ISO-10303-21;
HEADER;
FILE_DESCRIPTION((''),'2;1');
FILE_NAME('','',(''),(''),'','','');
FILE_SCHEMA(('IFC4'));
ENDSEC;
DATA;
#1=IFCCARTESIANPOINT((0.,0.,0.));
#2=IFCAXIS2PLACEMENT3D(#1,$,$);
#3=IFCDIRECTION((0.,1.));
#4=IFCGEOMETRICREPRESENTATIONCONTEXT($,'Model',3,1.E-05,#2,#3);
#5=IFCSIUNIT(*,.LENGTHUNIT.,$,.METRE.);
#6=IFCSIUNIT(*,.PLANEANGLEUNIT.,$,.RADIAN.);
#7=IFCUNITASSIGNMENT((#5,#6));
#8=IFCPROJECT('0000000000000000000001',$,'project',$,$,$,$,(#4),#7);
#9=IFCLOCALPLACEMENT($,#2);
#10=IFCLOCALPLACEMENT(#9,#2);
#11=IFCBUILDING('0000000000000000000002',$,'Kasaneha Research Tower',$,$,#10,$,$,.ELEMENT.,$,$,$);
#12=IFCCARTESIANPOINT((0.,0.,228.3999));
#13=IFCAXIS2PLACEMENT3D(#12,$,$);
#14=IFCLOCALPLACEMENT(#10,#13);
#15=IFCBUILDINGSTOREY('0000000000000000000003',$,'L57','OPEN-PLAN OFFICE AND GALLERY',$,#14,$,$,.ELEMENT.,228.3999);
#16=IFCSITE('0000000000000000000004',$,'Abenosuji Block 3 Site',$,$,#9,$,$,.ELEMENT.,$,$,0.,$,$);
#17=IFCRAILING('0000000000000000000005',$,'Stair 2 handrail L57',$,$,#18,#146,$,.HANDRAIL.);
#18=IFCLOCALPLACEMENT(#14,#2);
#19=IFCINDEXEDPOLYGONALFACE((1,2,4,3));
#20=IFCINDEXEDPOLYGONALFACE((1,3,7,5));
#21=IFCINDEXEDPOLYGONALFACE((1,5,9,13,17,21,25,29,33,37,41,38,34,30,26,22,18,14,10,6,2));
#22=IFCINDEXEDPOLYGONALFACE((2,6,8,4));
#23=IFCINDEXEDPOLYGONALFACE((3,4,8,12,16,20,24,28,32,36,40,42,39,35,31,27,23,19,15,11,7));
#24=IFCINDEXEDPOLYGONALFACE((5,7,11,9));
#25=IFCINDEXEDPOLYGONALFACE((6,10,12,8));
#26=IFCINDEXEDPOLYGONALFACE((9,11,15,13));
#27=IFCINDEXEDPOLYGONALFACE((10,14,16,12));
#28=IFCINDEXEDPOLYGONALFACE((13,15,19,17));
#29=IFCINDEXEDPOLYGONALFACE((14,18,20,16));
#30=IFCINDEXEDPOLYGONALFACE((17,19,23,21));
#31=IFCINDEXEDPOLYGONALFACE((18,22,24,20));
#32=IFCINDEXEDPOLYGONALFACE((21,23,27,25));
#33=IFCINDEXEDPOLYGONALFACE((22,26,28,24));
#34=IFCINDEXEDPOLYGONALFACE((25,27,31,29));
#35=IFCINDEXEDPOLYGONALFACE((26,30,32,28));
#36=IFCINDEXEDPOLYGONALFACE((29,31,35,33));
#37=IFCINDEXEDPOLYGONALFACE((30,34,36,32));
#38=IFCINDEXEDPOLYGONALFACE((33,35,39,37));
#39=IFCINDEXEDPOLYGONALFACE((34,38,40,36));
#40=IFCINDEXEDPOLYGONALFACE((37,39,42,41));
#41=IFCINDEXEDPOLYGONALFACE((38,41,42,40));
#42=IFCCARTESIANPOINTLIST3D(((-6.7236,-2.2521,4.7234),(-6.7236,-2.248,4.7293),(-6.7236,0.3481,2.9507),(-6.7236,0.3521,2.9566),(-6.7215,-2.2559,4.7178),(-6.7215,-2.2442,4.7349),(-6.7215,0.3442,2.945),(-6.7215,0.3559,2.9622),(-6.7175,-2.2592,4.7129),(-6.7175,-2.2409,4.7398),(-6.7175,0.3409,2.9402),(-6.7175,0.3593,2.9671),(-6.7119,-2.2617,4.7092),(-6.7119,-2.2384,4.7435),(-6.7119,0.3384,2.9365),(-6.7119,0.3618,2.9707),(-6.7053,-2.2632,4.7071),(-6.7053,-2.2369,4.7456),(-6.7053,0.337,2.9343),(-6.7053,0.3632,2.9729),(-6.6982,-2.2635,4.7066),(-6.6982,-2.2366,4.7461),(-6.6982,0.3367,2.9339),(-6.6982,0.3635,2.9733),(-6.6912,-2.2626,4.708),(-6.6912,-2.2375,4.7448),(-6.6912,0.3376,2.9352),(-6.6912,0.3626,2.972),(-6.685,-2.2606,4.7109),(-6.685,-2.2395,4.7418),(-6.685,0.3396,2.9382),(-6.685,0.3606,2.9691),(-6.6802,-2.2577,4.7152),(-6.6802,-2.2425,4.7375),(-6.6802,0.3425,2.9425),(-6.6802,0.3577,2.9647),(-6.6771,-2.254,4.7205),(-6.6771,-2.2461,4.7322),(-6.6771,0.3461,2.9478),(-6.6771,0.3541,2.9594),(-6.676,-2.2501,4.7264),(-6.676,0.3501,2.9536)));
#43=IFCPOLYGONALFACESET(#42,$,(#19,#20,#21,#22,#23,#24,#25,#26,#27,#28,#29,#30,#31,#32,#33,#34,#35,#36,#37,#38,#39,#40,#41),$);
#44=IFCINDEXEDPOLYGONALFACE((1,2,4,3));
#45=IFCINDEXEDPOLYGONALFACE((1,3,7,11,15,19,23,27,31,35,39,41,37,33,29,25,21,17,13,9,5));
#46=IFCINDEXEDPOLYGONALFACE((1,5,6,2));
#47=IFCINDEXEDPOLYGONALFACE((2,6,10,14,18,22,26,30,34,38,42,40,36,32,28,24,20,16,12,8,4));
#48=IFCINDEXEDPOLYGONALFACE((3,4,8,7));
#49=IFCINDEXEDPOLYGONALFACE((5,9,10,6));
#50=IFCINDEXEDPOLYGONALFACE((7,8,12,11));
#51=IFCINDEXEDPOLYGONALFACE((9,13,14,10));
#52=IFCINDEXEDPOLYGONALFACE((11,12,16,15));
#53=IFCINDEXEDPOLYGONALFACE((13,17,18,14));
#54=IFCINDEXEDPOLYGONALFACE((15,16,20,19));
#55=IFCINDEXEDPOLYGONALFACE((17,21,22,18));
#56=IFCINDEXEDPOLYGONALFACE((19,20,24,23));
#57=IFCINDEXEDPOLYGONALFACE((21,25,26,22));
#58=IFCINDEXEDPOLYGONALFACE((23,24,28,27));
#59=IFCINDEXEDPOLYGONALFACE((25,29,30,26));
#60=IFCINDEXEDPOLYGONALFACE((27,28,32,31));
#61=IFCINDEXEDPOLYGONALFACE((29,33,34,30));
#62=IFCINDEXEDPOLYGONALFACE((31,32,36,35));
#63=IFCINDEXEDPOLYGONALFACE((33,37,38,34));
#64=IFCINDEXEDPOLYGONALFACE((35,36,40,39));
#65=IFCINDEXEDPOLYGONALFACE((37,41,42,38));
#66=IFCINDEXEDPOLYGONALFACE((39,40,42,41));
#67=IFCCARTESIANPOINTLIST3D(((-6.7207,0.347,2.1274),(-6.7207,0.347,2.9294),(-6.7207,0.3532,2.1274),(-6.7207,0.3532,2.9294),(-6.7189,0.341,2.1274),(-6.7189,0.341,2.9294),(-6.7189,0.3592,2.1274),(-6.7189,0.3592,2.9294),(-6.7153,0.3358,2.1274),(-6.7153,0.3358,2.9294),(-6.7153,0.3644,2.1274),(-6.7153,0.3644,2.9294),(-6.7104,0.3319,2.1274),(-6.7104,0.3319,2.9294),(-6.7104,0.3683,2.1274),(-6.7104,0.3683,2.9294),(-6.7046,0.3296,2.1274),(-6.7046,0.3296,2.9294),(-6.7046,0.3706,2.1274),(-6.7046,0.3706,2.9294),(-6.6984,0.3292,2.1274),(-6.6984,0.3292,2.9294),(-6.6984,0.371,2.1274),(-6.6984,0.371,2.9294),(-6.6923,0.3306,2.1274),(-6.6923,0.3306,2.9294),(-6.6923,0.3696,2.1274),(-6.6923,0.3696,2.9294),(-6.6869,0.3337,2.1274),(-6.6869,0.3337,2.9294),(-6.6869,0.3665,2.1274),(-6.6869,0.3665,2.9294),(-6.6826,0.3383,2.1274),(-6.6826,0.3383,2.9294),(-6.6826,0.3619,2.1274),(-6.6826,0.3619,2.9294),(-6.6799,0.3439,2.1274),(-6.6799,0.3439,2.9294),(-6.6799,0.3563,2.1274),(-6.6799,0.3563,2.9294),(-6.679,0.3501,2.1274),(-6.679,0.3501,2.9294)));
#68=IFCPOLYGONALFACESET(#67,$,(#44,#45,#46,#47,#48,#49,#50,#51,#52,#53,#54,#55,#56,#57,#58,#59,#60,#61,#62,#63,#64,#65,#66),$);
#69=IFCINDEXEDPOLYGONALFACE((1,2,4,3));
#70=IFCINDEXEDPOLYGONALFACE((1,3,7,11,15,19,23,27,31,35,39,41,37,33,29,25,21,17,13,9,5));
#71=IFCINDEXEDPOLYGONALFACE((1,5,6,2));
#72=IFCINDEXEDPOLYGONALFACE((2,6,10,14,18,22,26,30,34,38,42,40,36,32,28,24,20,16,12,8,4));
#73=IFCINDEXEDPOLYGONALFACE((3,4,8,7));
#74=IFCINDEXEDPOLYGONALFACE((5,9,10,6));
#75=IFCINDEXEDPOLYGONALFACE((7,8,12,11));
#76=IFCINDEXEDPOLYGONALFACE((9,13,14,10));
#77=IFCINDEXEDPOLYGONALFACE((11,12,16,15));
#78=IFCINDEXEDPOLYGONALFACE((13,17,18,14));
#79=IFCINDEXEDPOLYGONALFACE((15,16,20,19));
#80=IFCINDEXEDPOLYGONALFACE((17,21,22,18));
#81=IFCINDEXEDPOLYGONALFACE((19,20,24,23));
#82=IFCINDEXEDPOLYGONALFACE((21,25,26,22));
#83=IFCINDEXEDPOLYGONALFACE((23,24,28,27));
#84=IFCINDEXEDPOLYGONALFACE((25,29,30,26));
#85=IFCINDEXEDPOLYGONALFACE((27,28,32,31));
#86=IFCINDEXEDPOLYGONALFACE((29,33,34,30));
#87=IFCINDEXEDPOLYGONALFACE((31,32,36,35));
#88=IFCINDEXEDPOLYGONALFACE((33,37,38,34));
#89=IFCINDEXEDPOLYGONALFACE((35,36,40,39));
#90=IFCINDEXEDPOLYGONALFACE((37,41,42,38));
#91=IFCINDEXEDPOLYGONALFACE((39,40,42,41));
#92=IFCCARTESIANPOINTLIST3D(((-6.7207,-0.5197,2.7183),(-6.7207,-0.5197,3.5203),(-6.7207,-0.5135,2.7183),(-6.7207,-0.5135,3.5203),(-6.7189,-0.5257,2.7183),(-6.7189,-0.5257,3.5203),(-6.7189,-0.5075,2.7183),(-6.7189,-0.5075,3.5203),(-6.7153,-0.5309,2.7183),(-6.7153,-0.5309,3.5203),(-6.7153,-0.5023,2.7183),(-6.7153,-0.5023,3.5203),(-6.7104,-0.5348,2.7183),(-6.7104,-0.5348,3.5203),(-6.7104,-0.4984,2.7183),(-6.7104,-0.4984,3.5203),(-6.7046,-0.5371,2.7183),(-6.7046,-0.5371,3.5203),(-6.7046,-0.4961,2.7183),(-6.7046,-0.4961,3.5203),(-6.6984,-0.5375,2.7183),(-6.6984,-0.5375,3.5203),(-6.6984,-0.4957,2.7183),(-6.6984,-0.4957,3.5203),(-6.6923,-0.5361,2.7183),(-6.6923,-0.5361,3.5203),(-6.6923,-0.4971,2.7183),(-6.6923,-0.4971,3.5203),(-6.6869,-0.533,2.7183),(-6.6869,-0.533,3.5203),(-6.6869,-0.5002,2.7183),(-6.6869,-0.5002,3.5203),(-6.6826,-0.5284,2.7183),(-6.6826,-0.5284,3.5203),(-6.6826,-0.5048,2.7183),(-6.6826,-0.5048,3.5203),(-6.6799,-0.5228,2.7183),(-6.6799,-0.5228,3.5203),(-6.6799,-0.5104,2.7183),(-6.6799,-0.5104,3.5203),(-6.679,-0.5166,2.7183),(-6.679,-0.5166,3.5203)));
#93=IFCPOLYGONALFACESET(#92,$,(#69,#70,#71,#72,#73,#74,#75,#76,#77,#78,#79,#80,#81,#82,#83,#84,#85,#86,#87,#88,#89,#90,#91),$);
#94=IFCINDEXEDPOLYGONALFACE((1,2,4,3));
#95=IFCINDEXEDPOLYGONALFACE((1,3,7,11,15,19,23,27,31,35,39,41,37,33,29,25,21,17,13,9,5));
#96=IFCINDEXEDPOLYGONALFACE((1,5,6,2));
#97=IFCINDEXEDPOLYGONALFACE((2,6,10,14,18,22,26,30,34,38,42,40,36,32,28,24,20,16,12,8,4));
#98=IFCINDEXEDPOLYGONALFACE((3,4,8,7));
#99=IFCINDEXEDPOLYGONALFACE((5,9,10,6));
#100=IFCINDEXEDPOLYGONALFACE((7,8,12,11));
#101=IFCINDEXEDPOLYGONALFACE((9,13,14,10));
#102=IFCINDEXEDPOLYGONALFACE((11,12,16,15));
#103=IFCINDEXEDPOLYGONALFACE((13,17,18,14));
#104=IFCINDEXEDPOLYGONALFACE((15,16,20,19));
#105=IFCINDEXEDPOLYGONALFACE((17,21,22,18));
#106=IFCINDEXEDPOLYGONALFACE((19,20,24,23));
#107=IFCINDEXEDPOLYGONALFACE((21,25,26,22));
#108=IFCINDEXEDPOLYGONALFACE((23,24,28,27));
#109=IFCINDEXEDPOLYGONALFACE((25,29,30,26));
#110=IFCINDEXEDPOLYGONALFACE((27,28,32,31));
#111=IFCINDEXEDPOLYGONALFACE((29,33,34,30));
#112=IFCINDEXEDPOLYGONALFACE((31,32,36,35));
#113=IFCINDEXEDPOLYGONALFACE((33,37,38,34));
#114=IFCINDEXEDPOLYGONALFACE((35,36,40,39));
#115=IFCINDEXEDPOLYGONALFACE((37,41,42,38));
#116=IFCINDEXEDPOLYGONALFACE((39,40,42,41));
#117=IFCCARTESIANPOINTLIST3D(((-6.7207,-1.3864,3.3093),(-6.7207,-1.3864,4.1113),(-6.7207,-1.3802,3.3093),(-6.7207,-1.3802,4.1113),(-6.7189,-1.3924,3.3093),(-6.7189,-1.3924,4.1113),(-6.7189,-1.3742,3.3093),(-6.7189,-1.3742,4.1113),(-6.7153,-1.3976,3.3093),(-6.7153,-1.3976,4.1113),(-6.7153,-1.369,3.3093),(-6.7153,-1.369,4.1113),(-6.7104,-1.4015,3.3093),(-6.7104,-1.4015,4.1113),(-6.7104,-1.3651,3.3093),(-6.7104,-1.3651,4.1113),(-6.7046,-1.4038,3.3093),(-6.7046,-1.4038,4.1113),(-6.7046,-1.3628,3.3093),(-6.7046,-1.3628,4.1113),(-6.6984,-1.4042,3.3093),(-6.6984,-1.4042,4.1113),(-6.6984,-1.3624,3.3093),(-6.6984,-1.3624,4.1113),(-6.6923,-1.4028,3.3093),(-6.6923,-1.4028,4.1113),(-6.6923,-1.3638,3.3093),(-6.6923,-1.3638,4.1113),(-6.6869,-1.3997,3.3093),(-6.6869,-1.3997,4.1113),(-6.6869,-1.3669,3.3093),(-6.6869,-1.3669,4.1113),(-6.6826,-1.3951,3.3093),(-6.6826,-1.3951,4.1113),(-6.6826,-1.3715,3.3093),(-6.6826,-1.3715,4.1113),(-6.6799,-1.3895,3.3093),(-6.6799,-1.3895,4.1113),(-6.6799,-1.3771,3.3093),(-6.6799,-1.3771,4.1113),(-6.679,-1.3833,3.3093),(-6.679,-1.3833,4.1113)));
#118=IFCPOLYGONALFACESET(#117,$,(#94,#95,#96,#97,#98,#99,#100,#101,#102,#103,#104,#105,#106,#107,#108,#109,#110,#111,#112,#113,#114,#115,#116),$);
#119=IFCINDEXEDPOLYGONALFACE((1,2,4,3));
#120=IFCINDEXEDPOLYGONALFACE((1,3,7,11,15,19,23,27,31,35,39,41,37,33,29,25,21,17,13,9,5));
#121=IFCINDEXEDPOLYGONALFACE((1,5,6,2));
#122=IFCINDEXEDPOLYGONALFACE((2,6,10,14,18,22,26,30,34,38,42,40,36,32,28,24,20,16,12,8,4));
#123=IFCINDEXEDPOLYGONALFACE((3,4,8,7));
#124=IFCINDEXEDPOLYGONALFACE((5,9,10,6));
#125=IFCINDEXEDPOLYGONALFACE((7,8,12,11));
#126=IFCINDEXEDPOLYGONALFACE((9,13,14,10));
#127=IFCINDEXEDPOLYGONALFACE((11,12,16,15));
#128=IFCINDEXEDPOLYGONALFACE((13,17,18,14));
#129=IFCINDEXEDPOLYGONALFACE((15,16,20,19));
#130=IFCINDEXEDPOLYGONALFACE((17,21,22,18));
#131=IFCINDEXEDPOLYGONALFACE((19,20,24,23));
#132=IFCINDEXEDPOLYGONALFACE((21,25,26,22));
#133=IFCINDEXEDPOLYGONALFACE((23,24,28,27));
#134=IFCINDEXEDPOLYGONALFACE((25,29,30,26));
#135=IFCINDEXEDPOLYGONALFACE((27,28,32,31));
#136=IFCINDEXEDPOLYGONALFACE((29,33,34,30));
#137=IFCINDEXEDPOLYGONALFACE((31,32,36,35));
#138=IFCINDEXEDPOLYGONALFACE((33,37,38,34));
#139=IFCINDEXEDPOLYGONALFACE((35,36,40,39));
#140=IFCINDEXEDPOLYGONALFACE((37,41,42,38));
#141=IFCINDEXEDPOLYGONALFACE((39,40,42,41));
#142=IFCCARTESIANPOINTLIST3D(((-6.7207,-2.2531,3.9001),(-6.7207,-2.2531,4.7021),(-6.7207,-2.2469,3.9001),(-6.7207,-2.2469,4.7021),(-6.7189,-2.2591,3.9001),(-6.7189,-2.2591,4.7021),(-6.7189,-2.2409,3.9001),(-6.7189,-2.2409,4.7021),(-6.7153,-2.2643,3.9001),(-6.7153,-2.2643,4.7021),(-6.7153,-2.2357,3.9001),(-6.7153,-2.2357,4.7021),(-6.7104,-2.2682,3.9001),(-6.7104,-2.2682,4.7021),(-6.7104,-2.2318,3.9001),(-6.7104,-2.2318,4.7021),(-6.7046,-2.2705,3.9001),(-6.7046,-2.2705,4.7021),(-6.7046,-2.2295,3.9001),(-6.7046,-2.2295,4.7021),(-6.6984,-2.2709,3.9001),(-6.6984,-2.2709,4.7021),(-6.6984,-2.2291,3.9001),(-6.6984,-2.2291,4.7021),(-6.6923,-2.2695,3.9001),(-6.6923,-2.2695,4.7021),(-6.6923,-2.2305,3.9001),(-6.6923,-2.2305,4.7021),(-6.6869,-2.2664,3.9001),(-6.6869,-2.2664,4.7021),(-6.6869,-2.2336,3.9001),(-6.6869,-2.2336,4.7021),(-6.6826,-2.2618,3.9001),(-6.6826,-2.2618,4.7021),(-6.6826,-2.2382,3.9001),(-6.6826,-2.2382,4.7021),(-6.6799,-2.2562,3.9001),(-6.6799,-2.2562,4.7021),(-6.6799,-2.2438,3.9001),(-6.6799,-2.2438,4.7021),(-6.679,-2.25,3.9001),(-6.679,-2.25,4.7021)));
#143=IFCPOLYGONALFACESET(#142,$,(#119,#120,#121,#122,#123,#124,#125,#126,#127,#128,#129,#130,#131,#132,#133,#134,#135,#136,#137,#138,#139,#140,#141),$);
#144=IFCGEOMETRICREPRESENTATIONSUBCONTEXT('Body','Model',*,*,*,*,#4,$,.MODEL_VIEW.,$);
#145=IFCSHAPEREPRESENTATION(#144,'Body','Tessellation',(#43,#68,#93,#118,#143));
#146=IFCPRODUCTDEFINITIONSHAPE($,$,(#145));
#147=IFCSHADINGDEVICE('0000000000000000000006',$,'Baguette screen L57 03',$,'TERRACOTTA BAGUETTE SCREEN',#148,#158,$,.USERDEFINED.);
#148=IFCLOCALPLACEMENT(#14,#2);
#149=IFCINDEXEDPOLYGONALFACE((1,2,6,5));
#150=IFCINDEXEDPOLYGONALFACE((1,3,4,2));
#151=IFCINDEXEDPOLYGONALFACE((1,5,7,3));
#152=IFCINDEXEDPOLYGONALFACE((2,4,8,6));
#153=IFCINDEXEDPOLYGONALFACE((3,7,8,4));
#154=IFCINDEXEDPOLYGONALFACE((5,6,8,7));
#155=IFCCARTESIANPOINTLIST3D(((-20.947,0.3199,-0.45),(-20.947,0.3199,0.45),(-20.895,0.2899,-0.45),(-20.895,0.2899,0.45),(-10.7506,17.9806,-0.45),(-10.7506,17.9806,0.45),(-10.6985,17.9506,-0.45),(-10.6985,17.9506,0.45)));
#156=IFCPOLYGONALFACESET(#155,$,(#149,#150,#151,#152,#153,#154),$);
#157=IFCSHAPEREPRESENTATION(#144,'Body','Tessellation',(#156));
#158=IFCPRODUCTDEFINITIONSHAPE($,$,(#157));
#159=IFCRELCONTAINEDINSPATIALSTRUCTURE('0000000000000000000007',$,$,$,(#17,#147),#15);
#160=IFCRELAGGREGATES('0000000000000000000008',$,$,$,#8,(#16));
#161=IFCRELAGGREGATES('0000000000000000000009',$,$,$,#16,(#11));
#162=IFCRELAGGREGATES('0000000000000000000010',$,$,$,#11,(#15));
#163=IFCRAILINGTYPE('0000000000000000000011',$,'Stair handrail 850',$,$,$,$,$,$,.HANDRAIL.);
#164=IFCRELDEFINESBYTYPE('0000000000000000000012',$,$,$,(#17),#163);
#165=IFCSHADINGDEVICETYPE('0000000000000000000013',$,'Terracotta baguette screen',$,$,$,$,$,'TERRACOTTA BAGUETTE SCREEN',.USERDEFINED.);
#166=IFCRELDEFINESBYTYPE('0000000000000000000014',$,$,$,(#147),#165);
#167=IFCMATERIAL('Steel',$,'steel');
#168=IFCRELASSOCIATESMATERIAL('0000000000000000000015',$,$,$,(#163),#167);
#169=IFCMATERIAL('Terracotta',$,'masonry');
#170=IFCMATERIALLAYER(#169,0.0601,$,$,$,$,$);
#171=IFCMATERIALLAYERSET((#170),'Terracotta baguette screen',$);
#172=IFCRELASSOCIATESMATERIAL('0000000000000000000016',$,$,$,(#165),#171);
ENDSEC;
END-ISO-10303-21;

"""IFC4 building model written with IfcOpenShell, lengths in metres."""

from ifc_helpers import new_model, si_unit, direction, frame, origin, origin_2d, place, context, subcontext, project, spatial, rectangle, circle, extrude, material, layer, layer_set, type_object, element, save


model = new_model("IFC4")

# Units and contexts
model_context = context("Model", 3, precision=1e-05, world=origin(), true_north=direction((0.0, 1.0)))
body_context = subcontext(model_context, "Body", "Model", "MODEL_VIEW")
ifc_project = project(units=[si_unit("LENGTHUNIT", "METRE"), si_unit("PLANEANGLEUNIT", "RADIAN")], contexts=[model_context])

# Site, building, storey
site_placement = place(None, origin())
site = spatial("IfcSite", under=ifc_project, at=site_placement, Name="Abenosuji Block 3 Site", CompositionType="ELEMENT", RefElevation=0.0)
building_placement = place(site_placement, origin())
building = spatial("IfcBuilding", under=site, at=building_placement, Name="Kasaneha Research Tower", CompositionType="ELEMENT")
storey_placement = place(building_placement, frame((0.0, 0.0, 228.3999)))
storey = spatial("IfcBuildingStorey", under=building, at=storey_placement, Name="L57", Description="OPEN-PLAN OFFICE AND GALLERY", CompositionType="ELEMENT", Elevation=228.3999)

# Railing
ifc_material_1 = material(Name="Steel", Category="steel")
railing_type_1 = type_object("IfcRailingType", Name="Stair handrail 850", PredefinedType="HANDRAIL", material=ifc_material_1)
railing_1_placement = place(storey_placement, frame((-6.7, 0.3501, 2.1274)))
element("IfcRailing", 1, at=railing_1_placement, inside=storey, type_object=railing_type_1, Name="Stair 2 handrail L57", PredefinedType="HANDRAIL", context=body_context, shape_type="SweptSolid", body=[
    extrude(circle(Radius=0.0239, at=origin_2d()), frame((0.0, 0.0, 0.8262), z_axis=(0.0, -0.82624, 0.563318), x_axis=(1.0, 0.0, 0.0)), (0.0, 0.0, 1.0), 3.147),
    extrude(circle(Radius=0.021, at=origin_2d()), origin(), (0.0, 0.0, 1.0), 0.802),
    extrude(circle(Radius=0.021, at=origin_2d()), frame((0.0, -0.8667, 0.5908)), (0.0, 0.0, 1.0), 0.802),
    extrude(circle(Radius=0.021, at=origin_2d()), frame((0.0, -1.7334, 1.1819)), (0.0, 0.0, 1.0), 0.802),
    extrude(circle(Radius=0.021, at=origin_2d()), frame((0.0, -2.6001, 1.7727)), (0.0, 0.0, 1.0), 0.802),
])

# Shading device
ifc_material_2 = material(Name="Terracotta", Category="masonry")
ifc_layer_1 = layer(ifc_material_2, 0.0601)
ifc_layer_set_1 = layer_set([ifc_layer_1], Name="Terracotta baguette screen")
shading_device_type = type_object("IfcShadingDeviceType", Name="Terracotta baguette screen", ElementType="TERRACOTTA BAGUETTE SCREEN", PredefinedType="USERDEFINED", material=ifc_layer_set_1)
shading_device_placement = place(storey_placement, frame((-15.8228, 9.1353, -0.45), z_axis=(0.0, 0.0, 1.0), x_axis=(-0.5, -0.866025, 0.0)))
element("IfcShadingDevice", 2, at=shading_device_placement, inside=storey, type_object=shading_device_type, Name="Baguette screen L57 03", ObjectType="TERRACOTTA BAGUETTE SCREEN", PredefinedType="USERDEFINED", context=body_context, shape_type="SweptSolid", body=[
    extrude(rectangle(XDim=20.3928, YDim=0.0601, at=origin_2d()), origin(), (0.0, 0.0, 1.0), 0.8999),
])

save(model, "model.ifc")
